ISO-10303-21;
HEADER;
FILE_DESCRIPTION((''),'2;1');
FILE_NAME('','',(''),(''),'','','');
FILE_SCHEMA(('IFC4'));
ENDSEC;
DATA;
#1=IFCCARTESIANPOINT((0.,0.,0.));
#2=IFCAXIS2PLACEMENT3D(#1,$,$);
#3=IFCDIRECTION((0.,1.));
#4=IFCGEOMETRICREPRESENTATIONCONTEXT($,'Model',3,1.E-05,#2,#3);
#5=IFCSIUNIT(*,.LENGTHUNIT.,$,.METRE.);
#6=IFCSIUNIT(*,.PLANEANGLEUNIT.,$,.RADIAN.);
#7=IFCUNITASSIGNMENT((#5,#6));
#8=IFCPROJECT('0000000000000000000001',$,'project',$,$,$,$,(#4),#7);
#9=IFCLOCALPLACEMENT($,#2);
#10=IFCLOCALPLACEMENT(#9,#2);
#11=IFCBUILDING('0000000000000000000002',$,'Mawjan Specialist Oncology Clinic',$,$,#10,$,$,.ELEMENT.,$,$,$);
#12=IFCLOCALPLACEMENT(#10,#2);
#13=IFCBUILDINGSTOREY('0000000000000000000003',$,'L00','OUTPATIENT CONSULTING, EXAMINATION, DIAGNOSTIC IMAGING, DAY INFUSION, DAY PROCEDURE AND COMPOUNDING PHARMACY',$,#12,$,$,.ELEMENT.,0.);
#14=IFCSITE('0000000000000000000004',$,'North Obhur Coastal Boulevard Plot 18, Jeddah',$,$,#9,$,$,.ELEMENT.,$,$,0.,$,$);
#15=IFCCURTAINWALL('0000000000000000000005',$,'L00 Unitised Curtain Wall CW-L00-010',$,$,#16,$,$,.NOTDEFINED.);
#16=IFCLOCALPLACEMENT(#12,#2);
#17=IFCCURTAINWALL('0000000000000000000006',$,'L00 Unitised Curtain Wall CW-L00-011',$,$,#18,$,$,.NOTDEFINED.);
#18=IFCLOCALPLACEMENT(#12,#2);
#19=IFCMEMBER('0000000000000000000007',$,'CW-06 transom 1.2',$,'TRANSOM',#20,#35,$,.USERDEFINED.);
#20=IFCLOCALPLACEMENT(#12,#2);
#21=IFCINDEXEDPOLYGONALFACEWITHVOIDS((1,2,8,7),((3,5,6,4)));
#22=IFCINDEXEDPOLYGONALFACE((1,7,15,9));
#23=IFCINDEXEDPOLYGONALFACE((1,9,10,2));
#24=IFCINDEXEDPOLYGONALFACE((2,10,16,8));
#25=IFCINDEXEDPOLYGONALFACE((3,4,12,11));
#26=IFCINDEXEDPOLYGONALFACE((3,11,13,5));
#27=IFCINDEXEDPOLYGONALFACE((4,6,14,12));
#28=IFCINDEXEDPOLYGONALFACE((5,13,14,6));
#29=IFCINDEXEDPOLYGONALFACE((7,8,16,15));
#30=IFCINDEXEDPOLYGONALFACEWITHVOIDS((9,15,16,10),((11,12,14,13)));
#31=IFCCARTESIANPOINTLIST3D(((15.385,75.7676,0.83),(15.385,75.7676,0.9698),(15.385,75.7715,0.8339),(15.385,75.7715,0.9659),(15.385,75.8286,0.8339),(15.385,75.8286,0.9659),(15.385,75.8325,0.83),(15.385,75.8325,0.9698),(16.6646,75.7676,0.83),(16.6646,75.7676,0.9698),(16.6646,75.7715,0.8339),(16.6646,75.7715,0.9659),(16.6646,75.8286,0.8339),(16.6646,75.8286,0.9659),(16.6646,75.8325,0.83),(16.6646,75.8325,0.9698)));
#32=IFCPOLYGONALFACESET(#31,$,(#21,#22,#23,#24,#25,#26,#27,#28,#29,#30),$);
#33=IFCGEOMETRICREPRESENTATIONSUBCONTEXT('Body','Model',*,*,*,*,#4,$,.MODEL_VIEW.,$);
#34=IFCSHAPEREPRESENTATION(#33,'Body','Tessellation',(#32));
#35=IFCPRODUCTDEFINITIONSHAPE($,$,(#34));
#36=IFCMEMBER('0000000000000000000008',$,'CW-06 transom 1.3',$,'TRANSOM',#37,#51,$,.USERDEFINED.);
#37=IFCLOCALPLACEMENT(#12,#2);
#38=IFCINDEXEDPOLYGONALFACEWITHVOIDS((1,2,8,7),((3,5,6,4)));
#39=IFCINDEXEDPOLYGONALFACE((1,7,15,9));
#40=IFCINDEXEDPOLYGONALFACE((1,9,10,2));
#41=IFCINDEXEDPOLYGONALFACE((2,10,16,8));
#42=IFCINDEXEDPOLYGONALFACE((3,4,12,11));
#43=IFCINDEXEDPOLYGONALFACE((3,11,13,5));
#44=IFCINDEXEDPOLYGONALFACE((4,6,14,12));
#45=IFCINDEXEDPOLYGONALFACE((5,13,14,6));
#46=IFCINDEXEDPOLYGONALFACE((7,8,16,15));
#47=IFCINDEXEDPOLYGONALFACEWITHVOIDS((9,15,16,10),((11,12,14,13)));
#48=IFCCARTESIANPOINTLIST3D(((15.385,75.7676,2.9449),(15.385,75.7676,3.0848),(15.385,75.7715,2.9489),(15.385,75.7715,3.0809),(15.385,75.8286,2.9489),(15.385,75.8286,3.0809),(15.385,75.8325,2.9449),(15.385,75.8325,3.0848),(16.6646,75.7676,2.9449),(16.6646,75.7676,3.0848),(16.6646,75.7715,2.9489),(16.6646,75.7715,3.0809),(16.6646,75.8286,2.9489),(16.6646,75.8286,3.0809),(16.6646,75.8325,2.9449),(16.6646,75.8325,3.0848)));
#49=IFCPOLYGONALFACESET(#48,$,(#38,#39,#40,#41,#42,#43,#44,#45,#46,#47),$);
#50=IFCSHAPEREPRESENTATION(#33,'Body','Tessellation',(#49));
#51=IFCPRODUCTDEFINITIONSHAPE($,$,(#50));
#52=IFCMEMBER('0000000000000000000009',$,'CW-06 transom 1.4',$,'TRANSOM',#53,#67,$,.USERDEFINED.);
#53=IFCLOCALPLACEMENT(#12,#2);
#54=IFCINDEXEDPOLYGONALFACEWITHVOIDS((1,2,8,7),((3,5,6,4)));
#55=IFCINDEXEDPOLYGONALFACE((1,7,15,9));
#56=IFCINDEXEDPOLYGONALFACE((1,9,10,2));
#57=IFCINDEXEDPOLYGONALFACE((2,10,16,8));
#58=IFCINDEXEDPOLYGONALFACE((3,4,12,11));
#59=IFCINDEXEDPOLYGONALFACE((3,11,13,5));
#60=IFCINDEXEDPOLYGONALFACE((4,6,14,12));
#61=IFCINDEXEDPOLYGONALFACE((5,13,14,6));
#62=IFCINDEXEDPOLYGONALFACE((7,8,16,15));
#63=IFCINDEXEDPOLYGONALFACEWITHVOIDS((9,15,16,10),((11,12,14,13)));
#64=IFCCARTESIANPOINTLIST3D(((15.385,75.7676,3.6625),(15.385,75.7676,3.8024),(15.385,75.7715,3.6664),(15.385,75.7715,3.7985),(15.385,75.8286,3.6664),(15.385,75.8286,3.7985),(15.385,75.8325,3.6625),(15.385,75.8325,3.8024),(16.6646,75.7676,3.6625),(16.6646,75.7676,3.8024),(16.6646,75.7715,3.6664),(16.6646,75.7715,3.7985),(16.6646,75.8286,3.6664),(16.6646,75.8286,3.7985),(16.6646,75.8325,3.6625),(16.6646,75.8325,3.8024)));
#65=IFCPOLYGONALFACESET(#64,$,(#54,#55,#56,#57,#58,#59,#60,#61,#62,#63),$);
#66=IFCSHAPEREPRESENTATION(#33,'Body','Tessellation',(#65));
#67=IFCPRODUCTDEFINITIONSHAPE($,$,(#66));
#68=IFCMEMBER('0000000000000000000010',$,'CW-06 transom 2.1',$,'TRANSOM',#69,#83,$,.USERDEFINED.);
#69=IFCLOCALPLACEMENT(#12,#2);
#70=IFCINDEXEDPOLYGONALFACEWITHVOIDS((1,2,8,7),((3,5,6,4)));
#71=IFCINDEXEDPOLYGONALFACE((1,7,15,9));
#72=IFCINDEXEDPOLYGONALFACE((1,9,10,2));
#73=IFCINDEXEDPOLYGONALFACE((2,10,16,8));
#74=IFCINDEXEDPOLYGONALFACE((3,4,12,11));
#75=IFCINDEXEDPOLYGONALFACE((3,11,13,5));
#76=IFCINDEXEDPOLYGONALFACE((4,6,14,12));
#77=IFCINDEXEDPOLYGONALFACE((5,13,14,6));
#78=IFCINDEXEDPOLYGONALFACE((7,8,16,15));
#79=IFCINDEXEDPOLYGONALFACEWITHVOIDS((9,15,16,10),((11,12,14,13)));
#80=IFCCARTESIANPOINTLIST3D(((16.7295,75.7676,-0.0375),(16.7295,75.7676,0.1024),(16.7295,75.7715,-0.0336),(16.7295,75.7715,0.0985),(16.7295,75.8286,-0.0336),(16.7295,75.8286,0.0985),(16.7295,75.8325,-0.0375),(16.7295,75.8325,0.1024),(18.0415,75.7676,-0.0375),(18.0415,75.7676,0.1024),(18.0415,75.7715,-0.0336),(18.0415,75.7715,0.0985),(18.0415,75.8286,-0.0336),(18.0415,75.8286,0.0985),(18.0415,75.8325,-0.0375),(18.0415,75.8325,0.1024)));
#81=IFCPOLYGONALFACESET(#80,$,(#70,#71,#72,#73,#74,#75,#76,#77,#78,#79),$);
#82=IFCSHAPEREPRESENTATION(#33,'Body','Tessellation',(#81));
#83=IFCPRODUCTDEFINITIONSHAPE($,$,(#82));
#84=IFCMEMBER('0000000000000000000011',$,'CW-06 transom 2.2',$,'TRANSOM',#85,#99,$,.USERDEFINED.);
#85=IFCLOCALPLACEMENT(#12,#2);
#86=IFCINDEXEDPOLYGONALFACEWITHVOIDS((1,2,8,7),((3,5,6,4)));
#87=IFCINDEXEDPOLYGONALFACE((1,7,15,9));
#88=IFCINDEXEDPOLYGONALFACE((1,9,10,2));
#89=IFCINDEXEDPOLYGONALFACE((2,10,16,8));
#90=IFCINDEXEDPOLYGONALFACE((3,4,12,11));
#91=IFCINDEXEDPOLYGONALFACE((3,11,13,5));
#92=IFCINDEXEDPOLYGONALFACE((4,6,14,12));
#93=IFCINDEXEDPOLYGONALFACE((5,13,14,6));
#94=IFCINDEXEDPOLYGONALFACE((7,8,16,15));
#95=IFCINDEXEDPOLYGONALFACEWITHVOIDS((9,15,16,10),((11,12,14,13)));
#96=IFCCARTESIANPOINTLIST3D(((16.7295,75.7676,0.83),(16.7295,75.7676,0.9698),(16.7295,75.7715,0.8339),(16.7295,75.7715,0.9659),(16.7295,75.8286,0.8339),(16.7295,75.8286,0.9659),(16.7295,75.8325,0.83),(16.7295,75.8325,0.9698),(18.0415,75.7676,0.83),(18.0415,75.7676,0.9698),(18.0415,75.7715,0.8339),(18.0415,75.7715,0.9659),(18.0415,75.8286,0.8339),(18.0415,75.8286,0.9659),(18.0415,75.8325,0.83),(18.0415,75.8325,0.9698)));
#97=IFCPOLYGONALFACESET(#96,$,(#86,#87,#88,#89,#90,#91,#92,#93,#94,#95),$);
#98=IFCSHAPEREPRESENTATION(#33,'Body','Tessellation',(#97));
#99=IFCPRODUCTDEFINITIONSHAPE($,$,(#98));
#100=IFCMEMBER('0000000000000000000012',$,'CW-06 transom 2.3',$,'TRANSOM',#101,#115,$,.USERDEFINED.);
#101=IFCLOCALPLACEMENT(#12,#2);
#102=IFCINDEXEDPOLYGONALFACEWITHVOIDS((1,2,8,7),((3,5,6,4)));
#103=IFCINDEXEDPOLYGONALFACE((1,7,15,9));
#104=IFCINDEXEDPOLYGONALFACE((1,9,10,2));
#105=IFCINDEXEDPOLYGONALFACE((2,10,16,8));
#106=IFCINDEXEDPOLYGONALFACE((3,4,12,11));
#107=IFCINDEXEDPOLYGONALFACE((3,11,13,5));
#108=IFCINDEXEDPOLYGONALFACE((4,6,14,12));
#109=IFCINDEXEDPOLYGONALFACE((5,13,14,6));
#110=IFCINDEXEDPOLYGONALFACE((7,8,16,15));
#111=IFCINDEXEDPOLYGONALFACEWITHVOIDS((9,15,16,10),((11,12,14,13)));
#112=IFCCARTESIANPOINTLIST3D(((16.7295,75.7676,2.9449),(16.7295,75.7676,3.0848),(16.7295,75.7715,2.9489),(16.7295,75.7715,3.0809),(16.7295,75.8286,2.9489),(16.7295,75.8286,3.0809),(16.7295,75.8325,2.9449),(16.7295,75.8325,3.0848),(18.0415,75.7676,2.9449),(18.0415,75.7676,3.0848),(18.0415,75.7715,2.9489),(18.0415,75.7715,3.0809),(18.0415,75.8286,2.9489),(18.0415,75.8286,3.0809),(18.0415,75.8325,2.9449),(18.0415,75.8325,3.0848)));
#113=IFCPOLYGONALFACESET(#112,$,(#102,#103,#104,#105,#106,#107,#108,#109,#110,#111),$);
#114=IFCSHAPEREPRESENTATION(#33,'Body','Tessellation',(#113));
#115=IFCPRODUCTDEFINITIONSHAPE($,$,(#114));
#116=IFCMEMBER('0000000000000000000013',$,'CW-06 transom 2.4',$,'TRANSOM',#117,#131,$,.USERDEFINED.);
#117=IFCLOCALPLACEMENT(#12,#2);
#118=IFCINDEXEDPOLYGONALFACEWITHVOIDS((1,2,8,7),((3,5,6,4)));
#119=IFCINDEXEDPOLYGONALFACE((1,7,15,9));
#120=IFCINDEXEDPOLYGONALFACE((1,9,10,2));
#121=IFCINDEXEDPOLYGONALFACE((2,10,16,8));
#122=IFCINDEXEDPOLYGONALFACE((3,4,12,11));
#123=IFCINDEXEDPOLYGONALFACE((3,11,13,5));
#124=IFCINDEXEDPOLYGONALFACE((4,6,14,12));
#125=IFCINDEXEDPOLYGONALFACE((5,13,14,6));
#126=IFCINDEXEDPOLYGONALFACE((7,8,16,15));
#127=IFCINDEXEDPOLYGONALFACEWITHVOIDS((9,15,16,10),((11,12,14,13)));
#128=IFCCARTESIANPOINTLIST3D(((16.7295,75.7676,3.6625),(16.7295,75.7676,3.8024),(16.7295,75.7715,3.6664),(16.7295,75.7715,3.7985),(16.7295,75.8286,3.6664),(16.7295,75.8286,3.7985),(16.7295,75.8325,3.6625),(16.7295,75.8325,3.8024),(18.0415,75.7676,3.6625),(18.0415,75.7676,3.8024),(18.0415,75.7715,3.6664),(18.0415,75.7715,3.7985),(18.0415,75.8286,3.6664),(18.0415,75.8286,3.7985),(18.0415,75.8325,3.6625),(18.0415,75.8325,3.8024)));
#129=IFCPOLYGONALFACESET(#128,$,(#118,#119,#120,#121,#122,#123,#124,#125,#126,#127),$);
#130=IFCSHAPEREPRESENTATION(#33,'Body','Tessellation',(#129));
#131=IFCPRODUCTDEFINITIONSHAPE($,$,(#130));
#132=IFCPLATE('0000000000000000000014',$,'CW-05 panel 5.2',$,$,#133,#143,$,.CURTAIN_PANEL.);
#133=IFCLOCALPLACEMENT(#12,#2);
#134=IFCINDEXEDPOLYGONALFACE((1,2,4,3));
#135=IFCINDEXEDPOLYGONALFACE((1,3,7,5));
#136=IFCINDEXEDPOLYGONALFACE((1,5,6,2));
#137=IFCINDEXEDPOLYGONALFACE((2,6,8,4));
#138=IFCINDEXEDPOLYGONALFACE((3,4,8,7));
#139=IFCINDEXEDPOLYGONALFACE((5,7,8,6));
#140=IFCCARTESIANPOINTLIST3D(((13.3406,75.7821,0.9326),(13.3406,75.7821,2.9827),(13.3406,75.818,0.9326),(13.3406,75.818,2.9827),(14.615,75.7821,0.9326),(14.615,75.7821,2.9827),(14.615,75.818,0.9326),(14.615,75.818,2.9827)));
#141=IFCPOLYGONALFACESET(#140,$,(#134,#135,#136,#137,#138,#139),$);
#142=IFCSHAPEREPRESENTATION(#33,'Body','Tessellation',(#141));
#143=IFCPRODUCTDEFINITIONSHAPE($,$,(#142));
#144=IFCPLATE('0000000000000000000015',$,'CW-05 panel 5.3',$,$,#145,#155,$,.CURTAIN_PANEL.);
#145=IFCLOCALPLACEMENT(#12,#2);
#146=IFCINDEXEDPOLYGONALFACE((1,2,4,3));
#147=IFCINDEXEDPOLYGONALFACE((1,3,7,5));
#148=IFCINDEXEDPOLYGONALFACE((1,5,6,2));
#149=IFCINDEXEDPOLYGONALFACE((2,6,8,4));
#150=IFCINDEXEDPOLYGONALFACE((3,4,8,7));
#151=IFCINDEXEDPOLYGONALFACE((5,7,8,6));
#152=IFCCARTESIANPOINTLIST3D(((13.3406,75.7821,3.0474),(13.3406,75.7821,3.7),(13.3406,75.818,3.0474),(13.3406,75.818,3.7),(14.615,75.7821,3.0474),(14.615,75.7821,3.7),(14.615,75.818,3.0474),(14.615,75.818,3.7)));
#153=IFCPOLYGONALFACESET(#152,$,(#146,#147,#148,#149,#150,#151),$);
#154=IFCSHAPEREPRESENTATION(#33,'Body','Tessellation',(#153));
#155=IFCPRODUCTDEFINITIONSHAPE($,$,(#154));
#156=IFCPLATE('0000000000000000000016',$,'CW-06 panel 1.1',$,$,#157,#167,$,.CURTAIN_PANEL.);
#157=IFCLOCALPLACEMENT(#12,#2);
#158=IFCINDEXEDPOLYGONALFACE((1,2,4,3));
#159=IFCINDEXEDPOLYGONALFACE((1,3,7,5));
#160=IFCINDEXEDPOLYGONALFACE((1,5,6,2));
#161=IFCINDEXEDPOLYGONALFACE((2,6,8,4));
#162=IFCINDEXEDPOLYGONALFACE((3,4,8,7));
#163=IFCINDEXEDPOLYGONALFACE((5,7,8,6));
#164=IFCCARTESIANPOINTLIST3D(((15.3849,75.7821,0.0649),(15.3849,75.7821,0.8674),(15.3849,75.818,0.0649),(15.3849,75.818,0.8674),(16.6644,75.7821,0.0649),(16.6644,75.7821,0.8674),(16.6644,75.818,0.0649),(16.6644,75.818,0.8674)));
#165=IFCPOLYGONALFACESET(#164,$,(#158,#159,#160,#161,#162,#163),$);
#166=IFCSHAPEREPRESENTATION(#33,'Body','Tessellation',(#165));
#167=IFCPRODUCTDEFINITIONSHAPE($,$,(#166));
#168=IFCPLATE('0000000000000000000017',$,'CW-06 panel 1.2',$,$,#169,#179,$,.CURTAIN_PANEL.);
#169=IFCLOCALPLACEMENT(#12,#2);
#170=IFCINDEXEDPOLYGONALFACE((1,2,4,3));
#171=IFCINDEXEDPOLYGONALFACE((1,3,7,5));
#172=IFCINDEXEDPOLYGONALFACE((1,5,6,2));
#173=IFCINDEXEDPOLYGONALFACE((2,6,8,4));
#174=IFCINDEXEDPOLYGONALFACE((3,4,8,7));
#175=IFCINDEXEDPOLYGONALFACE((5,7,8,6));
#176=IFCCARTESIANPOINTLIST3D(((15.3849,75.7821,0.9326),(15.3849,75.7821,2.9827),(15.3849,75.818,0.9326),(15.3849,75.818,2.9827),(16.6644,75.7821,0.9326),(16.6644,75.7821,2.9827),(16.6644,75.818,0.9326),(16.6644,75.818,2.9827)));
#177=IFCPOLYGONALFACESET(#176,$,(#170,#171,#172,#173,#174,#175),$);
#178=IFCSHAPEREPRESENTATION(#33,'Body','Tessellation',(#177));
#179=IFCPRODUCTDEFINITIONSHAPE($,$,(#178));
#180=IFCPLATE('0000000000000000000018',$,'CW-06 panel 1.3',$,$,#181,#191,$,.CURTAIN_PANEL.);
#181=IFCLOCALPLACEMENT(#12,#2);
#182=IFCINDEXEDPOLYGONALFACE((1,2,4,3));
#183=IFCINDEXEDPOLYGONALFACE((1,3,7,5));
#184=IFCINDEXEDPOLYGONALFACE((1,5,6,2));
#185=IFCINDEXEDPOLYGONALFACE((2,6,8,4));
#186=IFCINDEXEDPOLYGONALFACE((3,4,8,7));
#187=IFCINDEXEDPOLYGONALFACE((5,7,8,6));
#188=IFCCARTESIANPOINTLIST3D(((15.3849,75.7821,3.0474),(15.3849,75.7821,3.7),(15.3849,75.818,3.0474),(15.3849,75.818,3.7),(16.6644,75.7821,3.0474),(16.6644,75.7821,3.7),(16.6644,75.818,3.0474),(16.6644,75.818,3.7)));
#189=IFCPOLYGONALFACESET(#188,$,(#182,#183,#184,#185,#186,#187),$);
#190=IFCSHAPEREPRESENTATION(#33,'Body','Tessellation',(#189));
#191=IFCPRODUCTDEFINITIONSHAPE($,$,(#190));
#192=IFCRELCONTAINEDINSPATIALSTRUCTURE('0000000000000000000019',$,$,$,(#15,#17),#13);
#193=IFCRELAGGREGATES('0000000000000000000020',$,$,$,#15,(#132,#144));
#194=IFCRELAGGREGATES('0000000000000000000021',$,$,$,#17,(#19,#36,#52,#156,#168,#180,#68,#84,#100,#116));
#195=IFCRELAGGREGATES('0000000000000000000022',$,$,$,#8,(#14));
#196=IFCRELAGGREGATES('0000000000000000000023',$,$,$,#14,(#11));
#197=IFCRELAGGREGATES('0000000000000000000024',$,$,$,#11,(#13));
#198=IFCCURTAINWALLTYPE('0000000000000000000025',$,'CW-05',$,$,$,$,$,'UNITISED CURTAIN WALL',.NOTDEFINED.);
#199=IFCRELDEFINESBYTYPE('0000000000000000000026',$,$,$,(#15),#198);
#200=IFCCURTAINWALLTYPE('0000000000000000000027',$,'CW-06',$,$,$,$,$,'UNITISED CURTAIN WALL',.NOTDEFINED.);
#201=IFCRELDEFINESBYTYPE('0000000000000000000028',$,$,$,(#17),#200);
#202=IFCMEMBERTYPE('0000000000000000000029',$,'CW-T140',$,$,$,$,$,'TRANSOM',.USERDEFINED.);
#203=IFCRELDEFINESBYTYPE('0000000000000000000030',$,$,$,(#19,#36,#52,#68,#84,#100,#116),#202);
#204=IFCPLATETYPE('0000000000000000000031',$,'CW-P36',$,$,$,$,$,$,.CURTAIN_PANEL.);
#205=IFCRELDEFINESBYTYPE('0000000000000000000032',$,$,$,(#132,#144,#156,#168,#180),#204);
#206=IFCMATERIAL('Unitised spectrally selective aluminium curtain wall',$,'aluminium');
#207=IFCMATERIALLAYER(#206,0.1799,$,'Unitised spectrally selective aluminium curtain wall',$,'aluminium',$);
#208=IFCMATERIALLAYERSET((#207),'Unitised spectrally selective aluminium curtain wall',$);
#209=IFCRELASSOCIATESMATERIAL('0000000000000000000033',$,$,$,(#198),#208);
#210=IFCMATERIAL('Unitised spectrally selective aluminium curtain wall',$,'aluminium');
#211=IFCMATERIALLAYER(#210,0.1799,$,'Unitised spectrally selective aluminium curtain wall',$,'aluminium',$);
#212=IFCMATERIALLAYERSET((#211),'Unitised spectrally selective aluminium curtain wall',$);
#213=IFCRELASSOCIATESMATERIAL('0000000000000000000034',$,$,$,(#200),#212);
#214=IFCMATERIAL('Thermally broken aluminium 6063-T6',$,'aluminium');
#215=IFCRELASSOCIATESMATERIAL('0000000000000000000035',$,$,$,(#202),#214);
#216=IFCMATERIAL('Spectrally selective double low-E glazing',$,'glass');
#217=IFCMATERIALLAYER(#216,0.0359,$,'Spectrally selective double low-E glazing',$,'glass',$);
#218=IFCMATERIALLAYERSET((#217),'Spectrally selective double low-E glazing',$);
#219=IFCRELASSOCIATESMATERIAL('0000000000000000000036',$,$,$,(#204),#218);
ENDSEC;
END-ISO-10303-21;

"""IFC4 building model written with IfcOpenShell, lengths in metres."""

from ifc_helpers import new_model, si_unit, direction, frame, origin, origin_2d, place, context, subcontext, project, spatial, rectangle, hollow_rectangle, extrude, material, layer, layer_set, material_profile, profile_set, type_object, element, aggregate, save


model = new_model("IFC4")

# Units and contexts
model_context = context("Model", 3, precision=1e-05, world=origin(), true_north=direction((0.0, 1.0)))
body_context = subcontext(model_context, "Body", "Model", "MODEL_VIEW")
ifc_project = project(units=[si_unit("LENGTHUNIT", "METRE"), si_unit("PLANEANGLEUNIT", "RADIAN")], contexts=[model_context])

# Site, building, storey
site_placement = place(None, origin())
site = spatial("IfcSite", under=ifc_project, at=site_placement, Name="North Obhur Coastal Boulevard Plot 18, Jeddah", CompositionType="ELEMENT", RefElevation=0.0)
building_placement = place(site_placement, origin())
building = spatial("IfcBuilding", under=site, at=building_placement, Name="Mawjan Specialist Oncology Clinic", CompositionType="ELEMENT")
storey_placement = place(building_placement, origin())
storey = spatial("IfcBuildingStorey", under=building, at=storey_placement, Name="L00", Description="OUTPATIENT CONSULTING, EXAMINATION, DIAGNOSTIC IMAGING, DAY INFUSION, DAY PROCEDURE AND COMPOUNDING PHARMACY", CompositionType="ELEMENT", Elevation=0.0)

# Curtain wall
ifc_material_1 = material(Name="Unitised spectrally selective aluminium curtain wall", Category="aluminium")
ifc_layer_1 = layer(ifc_material_1, 0.1799, Name="Unitised spectrally selective aluminium curtain wall", Category="aluminium")
ifc_layer_set_1 = layer_set([ifc_layer_1], Name="Unitised spectrally selective aluminium curtain wall")
curtain_wall_type_1 = type_object("IfcCurtainWallType", Name="CW-05", ElementType="UNITISED CURTAIN WALL", PredefinedType="NOTDEFINED", material=ifc_layer_set_1)
curtain_wall_1_placement = place(storey_placement, origin())
curtain_wall_1 = element("IfcCurtainWall", 1, at=curtain_wall_1_placement, inside=storey, type_object=curtain_wall_type_1, Name="L00 Unitised Curtain Wall CW-L00-010", PredefinedType="NOTDEFINED")

# Curtain wall, members
ifc_material_2 = material(Name="Unitised spectrally selective aluminium curtain wall", Category="aluminium")
ifc_layer_2 = layer(ifc_material_2, 0.1799, Name="Unitised spectrally selective aluminium curtain wall", Category="aluminium")
ifc_layer_set_2 = layer_set([ifc_layer_2], Name="Unitised spectrally selective aluminium curtain wall")
curtain_wall_type_2 = type_object("IfcCurtainWallType", Name="CW-06", ElementType="UNITISED CURTAIN WALL", PredefinedType="NOTDEFINED", material=ifc_layer_set_2)
curtain_wall_2_placement = place(storey_placement, origin())
curtain_wall_2 = element("IfcCurtainWall", 2, at=curtain_wall_2_placement, inside=storey, type_object=curtain_wall_type_2, Name="L00 Unitised Curtain Wall CW-L00-011", PredefinedType="NOTDEFINED")
ifc_material_3 = material(Name="Thermally broken aluminium 6063-T6", Category="aluminium")
ifc_material_profile_1 = material_profile(ifc_material_3, hollow_rectangle(XDim=0.0649, YDim=0.1399, WallThickness=0.0039, at=origin_2d()), Name="ALU TRANSOM 140x65x4", Category="aluminium")
ifc_profile_set_1 = profile_set([ifc_material_profile_1], Name="Thermally broken aluminium 6063-T6")
member_type_1 = type_object("IfcMemberType", Name="CW-T140", ElementType="TRANSOM", PredefinedType="USERDEFINED", material=ifc_profile_set_1)
member_1_placement = place(storey_placement, frame((15.385, 75.8, 0.8999), z_axis=(1.0, 0.0, 0.0), x_axis=(0.0, 1.0, 0.0)))
member_1 = element("IfcMember", 3, at=member_1_placement, type_object=member_type_1, Name="CW-06 transom 1.2", ObjectType="TRANSOM", PredefinedType="USERDEFINED", context=body_context, shape_type="SweptSolid", body=[
    extrude(hollow_rectangle(XDim=0.0649, YDim=0.1399, WallThickness=0.0039, at=origin_2d()), origin(), (0.0, 0.0, 1.0), 1.2795),
])
member_2_placement = place(storey_placement, frame((15.385, 75.8, 3.0149), z_axis=(1.0, 0.0, 0.0), x_axis=(0.0, 1.0, 0.0)))
member_2 = element("IfcMember", 4, at=member_2_placement, type_object=member_type_1, Name="CW-06 transom 1.3", ObjectType="TRANSOM", PredefinedType="USERDEFINED", context=body_context, shape_type="SweptSolid", body=[
    extrude(hollow_rectangle(XDim=0.0649, YDim=0.1399, WallThickness=0.0039, at=origin_2d()), origin(), (0.0, 0.0, 1.0), 1.2795),
])
member_3_placement = place(storey_placement, frame((15.385, 75.8, 3.7324), z_axis=(1.0, 0.0, 0.0), x_axis=(0.0, 1.0, 0.0)))
member_3 = element("IfcMember", 5, at=member_3_placement, type_object=member_type_1, Name="CW-06 transom 1.4", ObjectType="TRANSOM", PredefinedType="USERDEFINED", context=body_context, shape_type="SweptSolid", body=[
    extrude(hollow_rectangle(XDim=0.0649, YDim=0.1399, WallThickness=0.0039, at=origin_2d()), origin(), (0.0, 0.0, 1.0), 1.2795),
])
member_4_placement = place(storey_placement, frame((16.7295, 75.8, 0.0325), z_axis=(1.0, 0.0, 0.0), x_axis=(0.0, 1.0, 0.0)))
member_4 = element("IfcMember", 6, at=member_4_placement, type_object=member_type_1, Name="CW-06 transom 2.1", ObjectType="TRANSOM", PredefinedType="USERDEFINED", context=body_context, shape_type="SweptSolid", body=[
    extrude(hollow_rectangle(XDim=0.0649, YDim=0.1399, WallThickness=0.0039, at=origin_2d()), origin(), (0.0, 0.0, 1.0), 1.312),
])
member_5_placement = place(storey_placement, frame((16.7295, 75.8, 0.8999), z_axis=(1.0, 0.0, 0.0), x_axis=(0.0, 1.0, 0.0)))
member_5 = element("IfcMember", 7, at=member_5_placement, type_object=member_type_1, Name="CW-06 transom 2.2", ObjectType="TRANSOM", PredefinedType="USERDEFINED", context=body_context, shape_type="SweptSolid", body=[
    extrude(hollow_rectangle(XDim=0.0649, YDim=0.1399, WallThickness=0.0039, at=origin_2d()), origin(), (0.0, 0.0, 1.0), 1.312),
])
member_6_placement = place(storey_placement, frame((16.7295, 75.8, 3.0149), z_axis=(1.0, 0.0, 0.0), x_axis=(0.0, 1.0, 0.0)))
member_6 = element("IfcMember", 8, at=member_6_placement, type_object=member_type_1, Name="CW-06 transom 2.3", ObjectType="TRANSOM", PredefinedType="USERDEFINED", context=body_context, shape_type="SweptSolid", body=[
    extrude(hollow_rectangle(XDim=0.0649, YDim=0.1399, WallThickness=0.0039, at=origin_2d()), origin(), (0.0, 0.0, 1.0), 1.312),
])
member_7_placement = place(storey_placement, frame((16.7295, 75.8, 3.7324), z_axis=(1.0, 0.0, 0.0), x_axis=(0.0, 1.0, 0.0)))
member_7 = element("IfcMember", 9, at=member_7_placement, type_object=member_type_1, Name="CW-06 transom 2.4", ObjectType="TRANSOM", PredefinedType="USERDEFINED", context=body_context, shape_type="SweptSolid", body=[
    extrude(hollow_rectangle(XDim=0.0649, YDim=0.1399, WallThickness=0.0039, at=origin_2d()), origin(), (0.0, 0.0, 1.0), 1.312),
])

# Plates
ifc_material_4 = material(Name="Spectrally selective double low-E glazing", Category="glass")
ifc_layer_3 = layer(ifc_material_4, 0.0359, Name="Spectrally selective double low-E glazing", Category="glass")
ifc_layer_set_3 = layer_set([ifc_layer_3], Name="Spectrally selective double low-E glazing")
plate_type = type_object("IfcPlateType", Name="CW-P36", PredefinedType="CURTAIN_PANEL", material=ifc_layer_set_3)
plate_1_placement = place(storey_placement, frame((13.9778, 75.8, 0.9326), z_axis=(0.0, 0.0, 1.0), x_axis=(1.0, 0.0, 0.0)))
plate_1 = element("IfcPlate", 10, at=plate_1_placement, type_object=plate_type, Name="CW-05 panel 5.2", PredefinedType="CURTAIN_PANEL", context=body_context, shape_type="SweptSolid", body=[
    extrude(rectangle(XDim=1.2744, YDim=0.0359, at=origin_2d()), origin(), (0.0, 0.0, 1.0), 2.05),
])
plate_2_placement = place(storey_placement, frame((13.9778, 75.8, 3.0474), z_axis=(0.0, 0.0, 1.0), x_axis=(1.0, 0.0, 0.0)))
plate_2 = element("IfcPlate", 11, at=plate_2_placement, type_object=plate_type, Name="CW-05 panel 5.3", PredefinedType="CURTAIN_PANEL", context=body_context, shape_type="SweptSolid", body=[
    extrude(rectangle(XDim=1.2744, YDim=0.0359, at=origin_2d()), origin(), (0.0, 0.0, 1.0), 0.6526),
])
aggregate(curtain_wall_1, [plate_1, plate_2])
plate_3_placement = place(storey_placement, frame((16.0247, 75.8, 0.0649), z_axis=(0.0, 0.0, 1.0), x_axis=(1.0, 0.0, 0.0)))
plate_3 = element("IfcPlate", 12, at=plate_3_placement, type_object=plate_type, Name="CW-06 panel 1.1", PredefinedType="CURTAIN_PANEL", context=body_context, shape_type="SweptSolid", body=[
    extrude(rectangle(XDim=1.2795, YDim=0.0359, at=origin_2d()), origin(), (0.0, 0.0, 1.0), 0.8025),
])
plate_4_placement = place(storey_placement, frame((16.0247, 75.8, 0.9326), z_axis=(0.0, 0.0, 1.0), x_axis=(1.0, 0.0, 0.0)))
plate_4 = element("IfcPlate", 13, at=plate_4_placement, type_object=plate_type, Name="CW-06 panel 1.2", PredefinedType="CURTAIN_PANEL", context=body_context, shape_type="SweptSolid", body=[
    extrude(rectangle(XDim=1.2795, YDim=0.0359, at=origin_2d()), origin(), (0.0, 0.0, 1.0), 2.05),
])
plate_5_placement = place(storey_placement, frame((16.0247, 75.8, 3.0474), z_axis=(0.0, 0.0, 1.0), x_axis=(1.0, 0.0, 0.0)))
plate_5 = element("IfcPlate", 14, at=plate_5_placement, type_object=plate_type, Name="CW-06 panel 1.3", PredefinedType="CURTAIN_PANEL", context=body_context, shape_type="SweptSolid", body=[
    extrude(rectangle(XDim=1.2795, YDim=0.0359, at=origin_2d()), origin(), (0.0, 0.0, 1.0), 0.6526),
])
aggregate(curtain_wall_2, [member_1, member_2, member_3, plate_3, plate_4, plate_5, member_4, member_5, member_6, member_7])

save(model, "model.ifc")
